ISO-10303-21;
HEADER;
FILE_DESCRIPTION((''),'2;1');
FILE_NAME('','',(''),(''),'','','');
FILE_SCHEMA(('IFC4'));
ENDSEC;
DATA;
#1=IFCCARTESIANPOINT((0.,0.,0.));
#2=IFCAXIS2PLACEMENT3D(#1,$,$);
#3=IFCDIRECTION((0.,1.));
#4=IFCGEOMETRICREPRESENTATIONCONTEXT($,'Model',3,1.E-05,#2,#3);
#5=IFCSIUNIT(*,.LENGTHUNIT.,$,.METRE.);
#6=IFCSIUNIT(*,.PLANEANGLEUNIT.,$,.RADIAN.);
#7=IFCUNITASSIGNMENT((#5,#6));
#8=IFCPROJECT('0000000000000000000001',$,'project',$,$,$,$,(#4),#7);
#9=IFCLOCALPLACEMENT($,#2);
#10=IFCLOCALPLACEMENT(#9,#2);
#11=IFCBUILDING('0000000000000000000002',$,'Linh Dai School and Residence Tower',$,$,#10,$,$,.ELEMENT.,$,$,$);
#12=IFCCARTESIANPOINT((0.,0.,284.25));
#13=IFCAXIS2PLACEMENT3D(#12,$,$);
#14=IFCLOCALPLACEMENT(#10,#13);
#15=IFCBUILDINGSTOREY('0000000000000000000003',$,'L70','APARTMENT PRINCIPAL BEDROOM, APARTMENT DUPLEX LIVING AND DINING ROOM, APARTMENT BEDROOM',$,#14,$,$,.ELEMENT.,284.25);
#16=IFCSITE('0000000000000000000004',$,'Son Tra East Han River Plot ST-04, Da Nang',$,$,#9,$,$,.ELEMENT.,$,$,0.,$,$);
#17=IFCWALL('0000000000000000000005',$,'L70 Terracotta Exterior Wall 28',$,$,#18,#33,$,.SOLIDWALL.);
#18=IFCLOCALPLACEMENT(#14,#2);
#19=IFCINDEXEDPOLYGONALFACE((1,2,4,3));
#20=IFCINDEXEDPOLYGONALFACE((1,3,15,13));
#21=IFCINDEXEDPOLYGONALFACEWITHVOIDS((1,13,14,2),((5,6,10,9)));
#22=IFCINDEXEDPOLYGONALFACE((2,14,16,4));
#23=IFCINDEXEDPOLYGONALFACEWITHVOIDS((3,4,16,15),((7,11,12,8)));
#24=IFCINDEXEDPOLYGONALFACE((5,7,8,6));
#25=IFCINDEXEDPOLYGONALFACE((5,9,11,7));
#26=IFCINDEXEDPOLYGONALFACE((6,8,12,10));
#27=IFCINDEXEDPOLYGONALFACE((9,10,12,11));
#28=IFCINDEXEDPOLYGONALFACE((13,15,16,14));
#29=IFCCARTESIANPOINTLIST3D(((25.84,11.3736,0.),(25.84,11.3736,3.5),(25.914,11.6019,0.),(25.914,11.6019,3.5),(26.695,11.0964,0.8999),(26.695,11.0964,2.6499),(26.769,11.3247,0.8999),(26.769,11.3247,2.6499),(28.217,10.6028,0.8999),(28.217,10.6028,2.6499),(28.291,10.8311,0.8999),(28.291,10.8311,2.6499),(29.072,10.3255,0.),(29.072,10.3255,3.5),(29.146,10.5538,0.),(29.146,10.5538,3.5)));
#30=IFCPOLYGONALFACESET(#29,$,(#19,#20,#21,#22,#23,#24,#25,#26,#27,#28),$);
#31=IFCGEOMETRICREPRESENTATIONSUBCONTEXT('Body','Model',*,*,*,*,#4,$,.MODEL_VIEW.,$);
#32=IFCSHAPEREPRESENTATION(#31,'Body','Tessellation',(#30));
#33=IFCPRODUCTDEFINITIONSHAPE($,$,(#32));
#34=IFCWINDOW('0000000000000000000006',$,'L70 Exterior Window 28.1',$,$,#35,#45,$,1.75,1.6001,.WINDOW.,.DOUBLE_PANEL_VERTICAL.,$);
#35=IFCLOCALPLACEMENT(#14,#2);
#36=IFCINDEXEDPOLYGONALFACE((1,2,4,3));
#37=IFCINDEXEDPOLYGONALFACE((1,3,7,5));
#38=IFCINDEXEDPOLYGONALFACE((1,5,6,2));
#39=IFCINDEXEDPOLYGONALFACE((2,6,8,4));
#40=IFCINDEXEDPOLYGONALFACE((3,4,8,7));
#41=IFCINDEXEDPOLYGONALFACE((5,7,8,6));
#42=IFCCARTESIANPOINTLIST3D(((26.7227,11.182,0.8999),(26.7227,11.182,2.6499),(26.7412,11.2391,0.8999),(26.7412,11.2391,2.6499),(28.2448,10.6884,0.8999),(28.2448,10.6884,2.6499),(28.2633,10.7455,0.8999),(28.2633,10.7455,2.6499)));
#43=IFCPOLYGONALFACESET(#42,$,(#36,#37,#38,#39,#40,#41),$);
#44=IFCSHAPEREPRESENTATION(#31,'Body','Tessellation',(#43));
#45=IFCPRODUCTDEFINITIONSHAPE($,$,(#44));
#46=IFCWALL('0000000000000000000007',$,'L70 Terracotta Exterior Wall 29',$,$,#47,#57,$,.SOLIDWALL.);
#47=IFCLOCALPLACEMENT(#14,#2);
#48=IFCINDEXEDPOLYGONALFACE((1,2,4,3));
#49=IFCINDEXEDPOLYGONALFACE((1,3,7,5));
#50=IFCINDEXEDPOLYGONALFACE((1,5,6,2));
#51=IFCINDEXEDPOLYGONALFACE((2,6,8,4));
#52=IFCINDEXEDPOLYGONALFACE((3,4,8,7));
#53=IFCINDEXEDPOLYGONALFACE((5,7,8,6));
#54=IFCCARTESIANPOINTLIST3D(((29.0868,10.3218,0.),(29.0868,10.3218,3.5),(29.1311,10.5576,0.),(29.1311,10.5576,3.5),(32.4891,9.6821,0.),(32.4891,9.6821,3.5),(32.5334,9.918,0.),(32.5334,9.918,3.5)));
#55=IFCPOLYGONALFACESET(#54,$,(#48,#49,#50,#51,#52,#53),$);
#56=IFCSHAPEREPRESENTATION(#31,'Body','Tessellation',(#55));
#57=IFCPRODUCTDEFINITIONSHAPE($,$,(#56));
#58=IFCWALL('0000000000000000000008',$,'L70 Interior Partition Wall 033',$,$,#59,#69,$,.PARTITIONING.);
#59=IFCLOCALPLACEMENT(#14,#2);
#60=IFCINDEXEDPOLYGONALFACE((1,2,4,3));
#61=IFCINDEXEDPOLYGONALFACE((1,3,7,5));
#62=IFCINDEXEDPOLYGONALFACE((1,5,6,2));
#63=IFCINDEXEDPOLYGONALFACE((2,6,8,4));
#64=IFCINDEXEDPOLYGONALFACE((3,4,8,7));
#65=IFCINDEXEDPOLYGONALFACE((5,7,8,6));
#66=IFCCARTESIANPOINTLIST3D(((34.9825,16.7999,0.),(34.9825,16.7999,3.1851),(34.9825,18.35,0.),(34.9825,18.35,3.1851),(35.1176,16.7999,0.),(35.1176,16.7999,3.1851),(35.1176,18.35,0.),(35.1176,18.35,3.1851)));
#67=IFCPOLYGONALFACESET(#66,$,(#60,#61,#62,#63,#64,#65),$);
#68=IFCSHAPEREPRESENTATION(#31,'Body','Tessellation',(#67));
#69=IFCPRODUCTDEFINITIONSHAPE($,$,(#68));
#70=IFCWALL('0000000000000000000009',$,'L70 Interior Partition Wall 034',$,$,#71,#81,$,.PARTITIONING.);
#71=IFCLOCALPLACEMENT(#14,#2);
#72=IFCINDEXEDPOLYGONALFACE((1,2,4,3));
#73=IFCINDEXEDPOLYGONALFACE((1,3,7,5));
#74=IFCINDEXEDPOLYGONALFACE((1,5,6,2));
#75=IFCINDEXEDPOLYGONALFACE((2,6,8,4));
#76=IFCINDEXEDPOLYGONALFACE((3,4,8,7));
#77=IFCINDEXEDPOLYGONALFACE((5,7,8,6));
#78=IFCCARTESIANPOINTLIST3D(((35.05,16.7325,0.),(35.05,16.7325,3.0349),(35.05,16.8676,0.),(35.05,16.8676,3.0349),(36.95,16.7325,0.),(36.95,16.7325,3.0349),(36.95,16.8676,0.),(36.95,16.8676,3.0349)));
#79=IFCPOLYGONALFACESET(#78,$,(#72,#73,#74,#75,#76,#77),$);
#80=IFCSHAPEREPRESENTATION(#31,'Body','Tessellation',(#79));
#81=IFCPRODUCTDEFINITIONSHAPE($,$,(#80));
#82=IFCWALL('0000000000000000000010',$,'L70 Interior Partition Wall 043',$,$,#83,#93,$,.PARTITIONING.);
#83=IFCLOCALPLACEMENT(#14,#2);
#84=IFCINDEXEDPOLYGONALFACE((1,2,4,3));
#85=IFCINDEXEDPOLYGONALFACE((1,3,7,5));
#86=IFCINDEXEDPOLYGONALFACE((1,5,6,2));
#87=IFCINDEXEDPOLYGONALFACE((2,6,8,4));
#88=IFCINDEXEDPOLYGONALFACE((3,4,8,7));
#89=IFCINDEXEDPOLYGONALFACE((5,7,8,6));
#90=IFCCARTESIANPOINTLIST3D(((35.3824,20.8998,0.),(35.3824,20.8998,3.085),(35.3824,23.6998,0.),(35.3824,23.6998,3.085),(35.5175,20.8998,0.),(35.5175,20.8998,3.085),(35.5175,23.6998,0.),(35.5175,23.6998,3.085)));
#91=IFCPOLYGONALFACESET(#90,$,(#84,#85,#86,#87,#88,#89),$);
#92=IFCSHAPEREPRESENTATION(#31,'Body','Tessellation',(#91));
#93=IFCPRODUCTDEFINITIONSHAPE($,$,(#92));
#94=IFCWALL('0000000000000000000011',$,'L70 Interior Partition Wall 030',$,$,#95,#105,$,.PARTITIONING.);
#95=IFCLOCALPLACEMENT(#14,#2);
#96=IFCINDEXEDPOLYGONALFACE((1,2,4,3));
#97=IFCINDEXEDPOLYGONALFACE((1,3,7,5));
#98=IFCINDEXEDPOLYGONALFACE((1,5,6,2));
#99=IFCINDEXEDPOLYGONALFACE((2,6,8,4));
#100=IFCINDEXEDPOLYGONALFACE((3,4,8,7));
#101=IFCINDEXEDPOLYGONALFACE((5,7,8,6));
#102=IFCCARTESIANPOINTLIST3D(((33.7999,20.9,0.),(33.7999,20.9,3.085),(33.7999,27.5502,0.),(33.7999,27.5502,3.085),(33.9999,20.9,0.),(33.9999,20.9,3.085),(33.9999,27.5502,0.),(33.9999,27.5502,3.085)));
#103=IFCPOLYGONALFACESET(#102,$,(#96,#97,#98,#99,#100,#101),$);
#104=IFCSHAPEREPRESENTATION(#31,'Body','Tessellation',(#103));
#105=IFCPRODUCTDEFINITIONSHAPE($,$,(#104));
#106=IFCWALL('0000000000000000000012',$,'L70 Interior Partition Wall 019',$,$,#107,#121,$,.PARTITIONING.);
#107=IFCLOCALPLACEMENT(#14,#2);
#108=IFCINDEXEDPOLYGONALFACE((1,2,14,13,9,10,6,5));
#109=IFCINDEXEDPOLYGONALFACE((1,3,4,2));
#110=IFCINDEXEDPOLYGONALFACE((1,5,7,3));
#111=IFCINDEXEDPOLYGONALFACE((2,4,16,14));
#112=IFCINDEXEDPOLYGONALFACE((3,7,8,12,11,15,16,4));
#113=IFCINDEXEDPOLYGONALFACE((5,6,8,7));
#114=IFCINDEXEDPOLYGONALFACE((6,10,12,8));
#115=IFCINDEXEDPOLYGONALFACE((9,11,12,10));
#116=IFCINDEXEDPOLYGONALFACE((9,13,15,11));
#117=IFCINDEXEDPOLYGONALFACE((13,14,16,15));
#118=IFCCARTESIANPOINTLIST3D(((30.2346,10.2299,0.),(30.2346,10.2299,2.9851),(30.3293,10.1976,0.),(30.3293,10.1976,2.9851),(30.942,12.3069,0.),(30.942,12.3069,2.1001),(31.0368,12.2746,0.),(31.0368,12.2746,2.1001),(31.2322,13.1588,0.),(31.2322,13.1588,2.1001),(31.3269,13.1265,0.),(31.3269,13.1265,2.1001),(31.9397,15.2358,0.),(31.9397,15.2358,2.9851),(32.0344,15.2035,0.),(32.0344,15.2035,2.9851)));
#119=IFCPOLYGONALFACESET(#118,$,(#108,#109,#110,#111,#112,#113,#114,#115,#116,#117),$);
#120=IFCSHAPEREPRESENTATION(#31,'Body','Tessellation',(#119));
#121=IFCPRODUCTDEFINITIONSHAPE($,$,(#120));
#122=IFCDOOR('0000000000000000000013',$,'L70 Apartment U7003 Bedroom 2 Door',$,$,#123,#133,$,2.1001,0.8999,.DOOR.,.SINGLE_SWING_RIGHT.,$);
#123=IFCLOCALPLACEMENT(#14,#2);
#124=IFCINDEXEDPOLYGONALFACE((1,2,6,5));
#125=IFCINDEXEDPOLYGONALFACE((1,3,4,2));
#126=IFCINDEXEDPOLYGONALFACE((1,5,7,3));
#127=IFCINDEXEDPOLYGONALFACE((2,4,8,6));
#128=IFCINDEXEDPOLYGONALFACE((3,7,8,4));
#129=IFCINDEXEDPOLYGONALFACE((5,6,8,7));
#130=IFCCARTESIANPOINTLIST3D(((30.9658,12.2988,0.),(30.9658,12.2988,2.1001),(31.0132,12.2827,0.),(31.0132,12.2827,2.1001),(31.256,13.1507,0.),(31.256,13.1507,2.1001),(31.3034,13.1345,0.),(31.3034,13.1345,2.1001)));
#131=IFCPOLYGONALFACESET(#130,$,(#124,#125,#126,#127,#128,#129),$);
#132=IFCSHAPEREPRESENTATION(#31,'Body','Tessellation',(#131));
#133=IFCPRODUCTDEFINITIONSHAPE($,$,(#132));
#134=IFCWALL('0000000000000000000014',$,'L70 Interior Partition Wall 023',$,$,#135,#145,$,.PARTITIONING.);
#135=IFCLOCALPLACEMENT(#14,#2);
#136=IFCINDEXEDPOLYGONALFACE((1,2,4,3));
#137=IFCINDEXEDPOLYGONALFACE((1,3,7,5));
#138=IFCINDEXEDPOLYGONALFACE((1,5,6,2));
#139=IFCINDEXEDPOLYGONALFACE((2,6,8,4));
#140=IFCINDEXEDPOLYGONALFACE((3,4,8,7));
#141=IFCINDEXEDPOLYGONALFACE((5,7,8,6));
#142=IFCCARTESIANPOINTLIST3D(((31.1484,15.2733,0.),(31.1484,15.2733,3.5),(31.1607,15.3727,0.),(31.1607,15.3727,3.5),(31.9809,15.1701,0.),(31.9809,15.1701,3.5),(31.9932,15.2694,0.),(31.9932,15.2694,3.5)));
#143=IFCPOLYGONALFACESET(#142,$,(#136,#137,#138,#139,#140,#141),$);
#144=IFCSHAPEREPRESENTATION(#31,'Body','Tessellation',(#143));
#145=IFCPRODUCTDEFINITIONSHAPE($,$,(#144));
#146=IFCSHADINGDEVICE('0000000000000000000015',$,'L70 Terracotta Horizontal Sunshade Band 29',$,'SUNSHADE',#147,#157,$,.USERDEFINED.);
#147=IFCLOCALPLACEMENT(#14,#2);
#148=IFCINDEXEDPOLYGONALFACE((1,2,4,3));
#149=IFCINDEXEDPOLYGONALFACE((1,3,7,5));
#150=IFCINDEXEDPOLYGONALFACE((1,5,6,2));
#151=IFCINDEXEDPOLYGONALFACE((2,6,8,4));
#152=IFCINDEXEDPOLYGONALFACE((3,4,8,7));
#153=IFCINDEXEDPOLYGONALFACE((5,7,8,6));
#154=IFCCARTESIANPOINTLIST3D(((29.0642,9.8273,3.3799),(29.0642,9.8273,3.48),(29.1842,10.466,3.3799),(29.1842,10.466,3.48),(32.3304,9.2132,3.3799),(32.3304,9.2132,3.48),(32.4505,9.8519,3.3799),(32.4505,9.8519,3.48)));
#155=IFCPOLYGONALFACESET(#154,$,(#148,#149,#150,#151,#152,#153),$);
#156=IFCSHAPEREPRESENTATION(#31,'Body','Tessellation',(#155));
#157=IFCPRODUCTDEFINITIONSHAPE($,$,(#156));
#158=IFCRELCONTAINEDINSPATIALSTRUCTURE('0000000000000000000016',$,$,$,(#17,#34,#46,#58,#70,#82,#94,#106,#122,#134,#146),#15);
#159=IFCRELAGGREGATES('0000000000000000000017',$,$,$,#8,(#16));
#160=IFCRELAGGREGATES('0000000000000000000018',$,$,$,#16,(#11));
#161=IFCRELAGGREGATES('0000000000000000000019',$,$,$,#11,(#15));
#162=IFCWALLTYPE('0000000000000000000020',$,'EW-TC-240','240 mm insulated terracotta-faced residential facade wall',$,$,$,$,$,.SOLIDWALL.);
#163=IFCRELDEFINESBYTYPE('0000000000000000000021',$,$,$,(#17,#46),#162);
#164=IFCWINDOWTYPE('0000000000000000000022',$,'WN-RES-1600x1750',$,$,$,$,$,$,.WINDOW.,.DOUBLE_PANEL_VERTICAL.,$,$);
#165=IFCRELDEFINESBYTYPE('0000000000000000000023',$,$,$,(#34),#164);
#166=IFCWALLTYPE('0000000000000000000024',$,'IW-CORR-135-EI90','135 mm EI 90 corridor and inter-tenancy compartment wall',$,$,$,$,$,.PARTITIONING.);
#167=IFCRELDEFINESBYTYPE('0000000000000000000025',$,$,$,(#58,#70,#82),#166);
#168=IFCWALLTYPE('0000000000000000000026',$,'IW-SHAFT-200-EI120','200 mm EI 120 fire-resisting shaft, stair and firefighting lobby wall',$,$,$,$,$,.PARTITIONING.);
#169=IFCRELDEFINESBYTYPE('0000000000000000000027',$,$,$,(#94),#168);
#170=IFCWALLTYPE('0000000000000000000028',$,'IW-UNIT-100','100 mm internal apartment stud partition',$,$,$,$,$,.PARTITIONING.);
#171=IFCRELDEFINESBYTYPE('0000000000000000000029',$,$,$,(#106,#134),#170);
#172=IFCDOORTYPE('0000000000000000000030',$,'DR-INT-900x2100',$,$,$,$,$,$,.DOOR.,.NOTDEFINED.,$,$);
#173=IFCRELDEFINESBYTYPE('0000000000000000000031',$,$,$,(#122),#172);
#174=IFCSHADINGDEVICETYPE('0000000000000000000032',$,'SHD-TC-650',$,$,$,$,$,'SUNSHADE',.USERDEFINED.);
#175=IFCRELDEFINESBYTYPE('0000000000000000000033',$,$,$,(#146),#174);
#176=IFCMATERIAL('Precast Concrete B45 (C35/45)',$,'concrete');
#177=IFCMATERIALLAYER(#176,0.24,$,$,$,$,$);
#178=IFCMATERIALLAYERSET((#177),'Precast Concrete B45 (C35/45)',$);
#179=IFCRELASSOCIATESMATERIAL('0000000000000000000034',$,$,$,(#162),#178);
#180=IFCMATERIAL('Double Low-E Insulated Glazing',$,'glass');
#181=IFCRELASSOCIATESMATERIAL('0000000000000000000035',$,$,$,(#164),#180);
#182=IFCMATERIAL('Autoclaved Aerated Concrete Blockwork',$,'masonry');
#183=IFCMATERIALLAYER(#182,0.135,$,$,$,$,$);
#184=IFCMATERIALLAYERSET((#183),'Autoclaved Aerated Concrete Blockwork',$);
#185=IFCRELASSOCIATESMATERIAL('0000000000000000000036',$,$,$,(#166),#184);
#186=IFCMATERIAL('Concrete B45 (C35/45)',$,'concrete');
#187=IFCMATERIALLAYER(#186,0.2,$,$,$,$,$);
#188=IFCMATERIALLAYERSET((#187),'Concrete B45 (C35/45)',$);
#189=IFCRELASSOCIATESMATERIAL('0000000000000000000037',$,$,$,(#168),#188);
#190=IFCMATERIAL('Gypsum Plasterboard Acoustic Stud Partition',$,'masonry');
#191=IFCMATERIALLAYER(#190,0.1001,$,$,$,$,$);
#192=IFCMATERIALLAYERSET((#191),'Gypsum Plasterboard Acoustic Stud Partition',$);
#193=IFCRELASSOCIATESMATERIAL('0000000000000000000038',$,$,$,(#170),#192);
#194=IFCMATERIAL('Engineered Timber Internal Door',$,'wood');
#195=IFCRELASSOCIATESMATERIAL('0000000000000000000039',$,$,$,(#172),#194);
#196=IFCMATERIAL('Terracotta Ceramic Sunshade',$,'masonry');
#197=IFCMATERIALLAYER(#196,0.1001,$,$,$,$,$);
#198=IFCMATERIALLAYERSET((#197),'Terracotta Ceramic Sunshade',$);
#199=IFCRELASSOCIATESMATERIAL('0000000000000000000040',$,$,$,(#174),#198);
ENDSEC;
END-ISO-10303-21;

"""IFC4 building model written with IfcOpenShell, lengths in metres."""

from ifc_helpers import new_model, si_unit, direction, frame, frame_2d, origin, origin_2d, place, context, subcontext, project, spatial, rectangle, extrude, source, transform, mapped, material, layer, layer_set, type_object, element, fill, save


model = new_model("IFC4")

# Units and contexts
model_context = context("Model", 3, precision=1e-05, world=origin(), true_north=direction((0.0, 1.0)))
body_context = subcontext(model_context, "Body", "Model", "MODEL_VIEW")
ifc_project = project(units=[si_unit("LENGTHUNIT", "METRE"), si_unit("PLANEANGLEUNIT", "RADIAN")], contexts=[model_context])

# Site, building, storey
site_placement = place(None, origin())
site = spatial("IfcSite", under=ifc_project, at=site_placement, Name="Son Tra East Han River Plot ST-04, Da Nang", CompositionType="ELEMENT", RefElevation=0.0)
building_placement = place(site_placement, origin())
building = spatial("IfcBuilding", under=site, at=building_placement, Name="Linh Dai School and Residence Tower", CompositionType="ELEMENT")
storey_placement = place(building_placement, frame((0.0, 0.0, 284.25)))
storey = spatial("IfcBuildingStorey", under=building, at=storey_placement, Name="L70", Description="APARTMENT PRINCIPAL BEDROOM, APARTMENT DUPLEX LIVING AND DINING ROOM, APARTMENT BEDROOM", CompositionType="ELEMENT", Elevation=284.25)

# Shared definitions
ifc_material_1 = material(Name="Precast Concrete B45 (C35/45)", Category="concrete")

# Wall, opening, window
ifc_layer_1 = layer(ifc_material_1, 0.24)
ifc_layer_set_1 = layer_set([ifc_layer_1], Name="Precast Concrete B45 (C35/45)")
wall_type_1 = type_object("IfcWallType", Name="EW-TC-240", Description="240 mm insulated terracotta-faced residential facade wall", PredefinedType="SOLIDWALL", material=ifc_layer_set_1)
wall_1_placement = place(storey_placement, frame((29.1089, 10.4397, 0.0), z_axis=(0.0, 0.0, 1.0), x_axis=(-0.951231, 0.308478, 0.0)))
wall_1 = element("IfcWall", 1, at=wall_1_placement, inside=storey, type_object=wall_type_1, Name="L70 Terracotta Exterior Wall 28", PredefinedType="SOLIDWALL", context=body_context, shape_type="SweptSolid", body=[
    extrude(rectangle(XDim=3.3977, YDim=0.24, at=frame_2d((1.6987, 0.0))), origin(), (0.0, 0.0, 1.0), 3.5),
])
opening_1_placement = place(wall_1_placement, frame((0.8987, 0.0, 0.8999)))
opening_1 = element("IfcOpeningElement", 2, at=opening_1_placement, cuts=wall_1, PredefinedType="OPENING", context=body_context, shape_type="SweptSolid", body=[
    extrude(rectangle(XDim=1.6001, YDim=1.75, at=origin_2d()), frame((0.8, 0.1299, 0.875), z_axis=(0.0, -1.0, 0.0), x_axis=(1.0, 0.0, 0.0)), (0.0, 0.0, 1.0), 0.26),
])
ifc_material_2 = material(Name="Double Low-E Insulated Glazing", Category="glass")
window_type = type_object("IfcWindowType", Name="WN-RES-1600x1750", PartitioningType="DOUBLE_PANEL_VERTICAL", PredefinedType="WINDOW", material=ifc_material_2)
shared_shape_1 = source(origin(), body_context, "Body", "SweptSolid", [
    extrude(rectangle(XDim=1.6001, YDim=1.75, at=origin_2d()), frame((0.8, 0.03, 0.875), z_axis=(0.0, -1.0, 0.0), x_axis=(1.0, 0.0, 0.0)), (0.0, 0.0, 1.0), 0.0601),
])
window_placement = place(opening_1_placement, origin())
window = element("IfcWindow", 3, at=window_placement, inside=storey, type_object=window_type, Name="L70 Exterior Window 28.1", OverallHeight=1.75, OverallWidth=1.6001, PartitioningType="DOUBLE_PANEL_VERTICAL", PredefinedType="WINDOW", context=body_context, shape_type="MappedRepresentation", body=[
    mapped(shared_shape_1, transform((0.0, 0.0, 0.0), x_axis=(1.0, 0.0, 0.0), y_axis=(0.0, 1.0, 0.0), z_axis=(0.0, 0.0, 1.0), scale=1.0)),
])
fill(opening_1, window)

# Walls
wall_2_placement = place(storey_placement, frame((32.5112, 9.8, 0.0), z_axis=(0.0, 0.0, 1.0), x_axis=(-0.982783, 0.184765, 0.0)))
element("IfcWall", 4, at=wall_2_placement, inside=storey, type_object=wall_type_1, Name="L70 Terracotta Exterior Wall 29", PredefinedType="SOLIDWALL", context=body_context, shape_type="SweptSolid", body=[
    extrude(rectangle(XDim=3.4619, YDim=0.24, at=frame_2d((1.731, 0.0))), origin(), (0.0, 0.0, 1.0), 3.5),
])
ifc_material_3 = material(Name="Autoclaved Aerated Concrete Blockwork", Category="masonry")
ifc_layer_2 = layer(ifc_material_3, 0.135)
ifc_layer_set_2 = layer_set([ifc_layer_2], Name="Autoclaved Aerated Concrete Blockwork")
wall_type_2 = type_object("IfcWallType", Name="IW-CORR-135-EI90", Description="135 mm EI 90 corridor and inter-tenancy compartment wall", PredefinedType="PARTITIONING", material=ifc_layer_set_2)
wall_3_placement = place(storey_placement, frame((35.05, 16.8, 0.0), z_axis=(0.0, 0.0, 1.0), x_axis=(0.0, 1.0, 0.0)))
element("IfcWall", 5, at=wall_3_placement, inside=storey, type_object=wall_type_2, Name="L70 Interior Partition Wall 033", PredefinedType="PARTITIONING", context=body_context, shape_type="SweptSolid", body=[
    extrude(rectangle(XDim=1.55, YDim=0.135, at=frame_2d((0.7749, 0.0))), origin(), (0.0, 0.0, 1.0), 3.1851),
])
wall_4_placement = place(storey_placement, frame((35.05, 16.8, 0.0), z_axis=(0.0, 0.0, 1.0), x_axis=(1.0, 0.0, 0.0)))
element("IfcWall", 6, at=wall_4_placement, inside=storey, type_object=wall_type_2, Name="L70 Interior Partition Wall 034", PredefinedType="PARTITIONING", context=body_context, shape_type="SweptSolid", body=[
    extrude(rectangle(XDim=1.8999, YDim=0.135, at=frame_2d((0.95, 0.0))), origin(), (0.0, 0.0, 1.0), 3.0349),
])
wall_5_placement = place(storey_placement, frame((35.45, 20.8999, 0.0), z_axis=(0.0, 0.0, 1.0), x_axis=(0.0, 1.0, 0.0)))
element("IfcWall", 7, at=wall_5_placement, inside=storey, type_object=wall_type_2, Name="L70 Interior Partition Wall 043", PredefinedType="PARTITIONING", context=body_context, shape_type="SweptSolid", body=[
    extrude(rectangle(XDim=2.8, YDim=0.135, at=frame_2d((1.3999, 0.0))), origin(), (0.0, 0.0, 1.0), 3.085),
])

# Wall
ifc_material_4 = material(Name="Concrete B45 (C35/45)", Category="concrete")
ifc_layer_3 = layer(ifc_material_4, 0.2)
ifc_layer_set_3 = layer_set([ifc_layer_3], Name="Concrete B45 (C35/45)")
wall_type_3 = type_object("IfcWallType", Name="IW-SHAFT-200-EI120", Description="200 mm EI 120 fire-resisting shaft, stair and firefighting lobby wall", PredefinedType="PARTITIONING", material=ifc_layer_set_3)
wall_6_placement = place(storey_placement, frame((33.8999, 20.8999, 0.0), z_axis=(0.0, 0.0, 1.0), x_axis=(0.0, 1.0, 0.0)))
element("IfcWall", 8, at=wall_6_placement, inside=storey, type_object=wall_type_3, Name="L70 Interior Partition Wall 030", PredefinedType="PARTITIONING", context=body_context, shape_type="SweptSolid", body=[
    extrude(rectangle(XDim=6.6501, YDim=0.2, at=frame_2d((3.3252, 0.0))), origin(), (0.0, 0.0, 1.0), 3.085),
])

# Wall, opening, door
ifc_material_5 = material(Name="Gypsum Plasterboard Acoustic Stud Partition", Category="masonry")
ifc_layer_4 = layer(ifc_material_5, 0.1001)
ifc_layer_set_4 = layer_set([ifc_layer_4], Name="Gypsum Plasterboard Acoustic Stud Partition")
wall_type_4 = type_object("IfcWallType", Name="IW-UNIT-100", Description="100 mm internal apartment stud partition", PredefinedType="PARTITIONING", material=ifc_layer_set_4)
wall_7_placement = place(storey_placement, frame((30.282, 10.2139, 0.0), z_axis=(0.0, 0.0, 1.0), x_axis=(0.322426, 0.946595, 0.0)))
wall_7 = element("IfcWall", 9, at=wall_7_placement, inside=storey, type_object=wall_type_4, Name="L70 Interior Partition Wall 019", PredefinedType="PARTITIONING", context=body_context, shape_type="SweptSolid", body=[
    extrude(rectangle(XDim=5.2883, YDim=0.1001, at=frame_2d((2.644, 0.0))), origin(), (0.0, 0.0, 1.0), 2.9851),
])
opening_2_placement = place(wall_7_placement, frame((2.1941, 0.0, 0.0)))
opening_2 = element("IfcOpeningElement", 10, at=opening_2_placement, cuts=wall_7, PredefinedType="OPENING", context=body_context, shape_type="SweptSolid", body=[
    extrude(rectangle(XDim=0.8999, YDim=2.1001, at=origin_2d()), frame((0.45, 0.0601, 1.05), z_axis=(0.0, -1.0, 0.0), x_axis=(1.0, 0.0, 0.0)), (0.0, 0.0, 1.0), 0.1201),
])
ifc_material_6 = material(Name="Engineered Timber Internal Door", Category="wood")
door_type_1 = type_object("IfcDoorType", Name="DR-INT-900x2100", OperationType="NOTDEFINED", PredefinedType="DOOR", material=ifc_material_6)
shared_shape_2 = source(origin(), body_context, "Body", "SweptSolid", [
    extrude(rectangle(XDim=0.8999, YDim=2.1001, at=origin_2d()), frame((0.45, 0.0249, 1.05), z_axis=(0.0, -1.0, 0.0), x_axis=(1.0, 0.0, 0.0)), (0.0, 0.0, 1.0), 0.05),
])
door_1_placement = place(opening_2_placement, origin())
door_1 = element("IfcDoor", 11, at=door_1_placement, inside=storey, type_object=door_type_1, Name="L70 Apartment U7003 Bedroom 2 Door", OperationType="SINGLE_SWING_RIGHT", OverallHeight=2.1001, OverallWidth=0.8999, PredefinedType="DOOR", context=body_context, shape_type="MappedRepresentation", body=[
    mapped(shared_shape_2, transform((0.0, 0.0, 0.0), x_axis=(1.0, 0.0, 0.0), y_axis=(0.0, 1.0, 0.0), z_axis=(0.0, 0.0, 1.0), scale=1.0)),
])
fill(opening_2, door_1)

# Wall
wall_8_placement = place(storey_placement, frame((31.1545, 15.323, 0.0), z_axis=(0.0, 0.0, 1.0), x_axis=(0.992394, -0.123103, 0.0)))
element("IfcWall", 12, at=wall_8_placement, inside=storey, type_object=wall_type_4, Name="L70 Interior Partition Wall 023", PredefinedType="PARTITIONING", context=body_context, shape_type="SweptSolid", body=[
    extrude(rectangle(XDim=0.8389, YDim=0.1001, at=frame_2d((0.4194, 0.0))), origin(), (0.0, 0.0, 1.0), 3.5),
])

# Shading device
ifc_material_7 = material(Name="Terracotta Ceramic Sunshade", Category="masonry")
ifc_layer_5 = layer(ifc_material_7, 0.1001)
ifc_layer_set_5 = layer_set([ifc_layer_5], Name="Terracotta Ceramic Sunshade")
shading_device_type = type_object("IfcShadingDeviceType", Name="SHD-TC-650", ElementType="SUNSHADE", PredefinedType="USERDEFINED", material=ifc_layer_set_5)
shared_shape_3 = source(origin(), body_context, "Body", "SweptSolid", [
    extrude(rectangle(XDim=3.3235, YDim=0.6499, at=origin_2d()), origin(), (0.0, 0.0, 1.0), 0.1001),
])
shading_device_placement = place(storey_placement, frame((30.7573, 9.8396, 3.3799), z_axis=(0.0, 0.0, 1.0), x_axis=(-0.982785, 0.184751, 0.0)))
element("IfcShadingDevice", 13, at=shading_device_placement, inside=storey, type_object=shading_device_type, Name="L70 Terracotta Horizontal Sunshade Band 29", ObjectType="SUNSHADE", PredefinedType="USERDEFINED", context=body_context, shape_type="MappedRepresentation", body=[
    mapped(shared_shape_3, transform((0.0, 0.0, 0.0), x_axis=(1.0, 0.0, 0.0), y_axis=(0.0, 1.0, 0.0), z_axis=(0.0, 0.0, 1.0), scale=1.0)),
])

save(model, "model.ifc")
